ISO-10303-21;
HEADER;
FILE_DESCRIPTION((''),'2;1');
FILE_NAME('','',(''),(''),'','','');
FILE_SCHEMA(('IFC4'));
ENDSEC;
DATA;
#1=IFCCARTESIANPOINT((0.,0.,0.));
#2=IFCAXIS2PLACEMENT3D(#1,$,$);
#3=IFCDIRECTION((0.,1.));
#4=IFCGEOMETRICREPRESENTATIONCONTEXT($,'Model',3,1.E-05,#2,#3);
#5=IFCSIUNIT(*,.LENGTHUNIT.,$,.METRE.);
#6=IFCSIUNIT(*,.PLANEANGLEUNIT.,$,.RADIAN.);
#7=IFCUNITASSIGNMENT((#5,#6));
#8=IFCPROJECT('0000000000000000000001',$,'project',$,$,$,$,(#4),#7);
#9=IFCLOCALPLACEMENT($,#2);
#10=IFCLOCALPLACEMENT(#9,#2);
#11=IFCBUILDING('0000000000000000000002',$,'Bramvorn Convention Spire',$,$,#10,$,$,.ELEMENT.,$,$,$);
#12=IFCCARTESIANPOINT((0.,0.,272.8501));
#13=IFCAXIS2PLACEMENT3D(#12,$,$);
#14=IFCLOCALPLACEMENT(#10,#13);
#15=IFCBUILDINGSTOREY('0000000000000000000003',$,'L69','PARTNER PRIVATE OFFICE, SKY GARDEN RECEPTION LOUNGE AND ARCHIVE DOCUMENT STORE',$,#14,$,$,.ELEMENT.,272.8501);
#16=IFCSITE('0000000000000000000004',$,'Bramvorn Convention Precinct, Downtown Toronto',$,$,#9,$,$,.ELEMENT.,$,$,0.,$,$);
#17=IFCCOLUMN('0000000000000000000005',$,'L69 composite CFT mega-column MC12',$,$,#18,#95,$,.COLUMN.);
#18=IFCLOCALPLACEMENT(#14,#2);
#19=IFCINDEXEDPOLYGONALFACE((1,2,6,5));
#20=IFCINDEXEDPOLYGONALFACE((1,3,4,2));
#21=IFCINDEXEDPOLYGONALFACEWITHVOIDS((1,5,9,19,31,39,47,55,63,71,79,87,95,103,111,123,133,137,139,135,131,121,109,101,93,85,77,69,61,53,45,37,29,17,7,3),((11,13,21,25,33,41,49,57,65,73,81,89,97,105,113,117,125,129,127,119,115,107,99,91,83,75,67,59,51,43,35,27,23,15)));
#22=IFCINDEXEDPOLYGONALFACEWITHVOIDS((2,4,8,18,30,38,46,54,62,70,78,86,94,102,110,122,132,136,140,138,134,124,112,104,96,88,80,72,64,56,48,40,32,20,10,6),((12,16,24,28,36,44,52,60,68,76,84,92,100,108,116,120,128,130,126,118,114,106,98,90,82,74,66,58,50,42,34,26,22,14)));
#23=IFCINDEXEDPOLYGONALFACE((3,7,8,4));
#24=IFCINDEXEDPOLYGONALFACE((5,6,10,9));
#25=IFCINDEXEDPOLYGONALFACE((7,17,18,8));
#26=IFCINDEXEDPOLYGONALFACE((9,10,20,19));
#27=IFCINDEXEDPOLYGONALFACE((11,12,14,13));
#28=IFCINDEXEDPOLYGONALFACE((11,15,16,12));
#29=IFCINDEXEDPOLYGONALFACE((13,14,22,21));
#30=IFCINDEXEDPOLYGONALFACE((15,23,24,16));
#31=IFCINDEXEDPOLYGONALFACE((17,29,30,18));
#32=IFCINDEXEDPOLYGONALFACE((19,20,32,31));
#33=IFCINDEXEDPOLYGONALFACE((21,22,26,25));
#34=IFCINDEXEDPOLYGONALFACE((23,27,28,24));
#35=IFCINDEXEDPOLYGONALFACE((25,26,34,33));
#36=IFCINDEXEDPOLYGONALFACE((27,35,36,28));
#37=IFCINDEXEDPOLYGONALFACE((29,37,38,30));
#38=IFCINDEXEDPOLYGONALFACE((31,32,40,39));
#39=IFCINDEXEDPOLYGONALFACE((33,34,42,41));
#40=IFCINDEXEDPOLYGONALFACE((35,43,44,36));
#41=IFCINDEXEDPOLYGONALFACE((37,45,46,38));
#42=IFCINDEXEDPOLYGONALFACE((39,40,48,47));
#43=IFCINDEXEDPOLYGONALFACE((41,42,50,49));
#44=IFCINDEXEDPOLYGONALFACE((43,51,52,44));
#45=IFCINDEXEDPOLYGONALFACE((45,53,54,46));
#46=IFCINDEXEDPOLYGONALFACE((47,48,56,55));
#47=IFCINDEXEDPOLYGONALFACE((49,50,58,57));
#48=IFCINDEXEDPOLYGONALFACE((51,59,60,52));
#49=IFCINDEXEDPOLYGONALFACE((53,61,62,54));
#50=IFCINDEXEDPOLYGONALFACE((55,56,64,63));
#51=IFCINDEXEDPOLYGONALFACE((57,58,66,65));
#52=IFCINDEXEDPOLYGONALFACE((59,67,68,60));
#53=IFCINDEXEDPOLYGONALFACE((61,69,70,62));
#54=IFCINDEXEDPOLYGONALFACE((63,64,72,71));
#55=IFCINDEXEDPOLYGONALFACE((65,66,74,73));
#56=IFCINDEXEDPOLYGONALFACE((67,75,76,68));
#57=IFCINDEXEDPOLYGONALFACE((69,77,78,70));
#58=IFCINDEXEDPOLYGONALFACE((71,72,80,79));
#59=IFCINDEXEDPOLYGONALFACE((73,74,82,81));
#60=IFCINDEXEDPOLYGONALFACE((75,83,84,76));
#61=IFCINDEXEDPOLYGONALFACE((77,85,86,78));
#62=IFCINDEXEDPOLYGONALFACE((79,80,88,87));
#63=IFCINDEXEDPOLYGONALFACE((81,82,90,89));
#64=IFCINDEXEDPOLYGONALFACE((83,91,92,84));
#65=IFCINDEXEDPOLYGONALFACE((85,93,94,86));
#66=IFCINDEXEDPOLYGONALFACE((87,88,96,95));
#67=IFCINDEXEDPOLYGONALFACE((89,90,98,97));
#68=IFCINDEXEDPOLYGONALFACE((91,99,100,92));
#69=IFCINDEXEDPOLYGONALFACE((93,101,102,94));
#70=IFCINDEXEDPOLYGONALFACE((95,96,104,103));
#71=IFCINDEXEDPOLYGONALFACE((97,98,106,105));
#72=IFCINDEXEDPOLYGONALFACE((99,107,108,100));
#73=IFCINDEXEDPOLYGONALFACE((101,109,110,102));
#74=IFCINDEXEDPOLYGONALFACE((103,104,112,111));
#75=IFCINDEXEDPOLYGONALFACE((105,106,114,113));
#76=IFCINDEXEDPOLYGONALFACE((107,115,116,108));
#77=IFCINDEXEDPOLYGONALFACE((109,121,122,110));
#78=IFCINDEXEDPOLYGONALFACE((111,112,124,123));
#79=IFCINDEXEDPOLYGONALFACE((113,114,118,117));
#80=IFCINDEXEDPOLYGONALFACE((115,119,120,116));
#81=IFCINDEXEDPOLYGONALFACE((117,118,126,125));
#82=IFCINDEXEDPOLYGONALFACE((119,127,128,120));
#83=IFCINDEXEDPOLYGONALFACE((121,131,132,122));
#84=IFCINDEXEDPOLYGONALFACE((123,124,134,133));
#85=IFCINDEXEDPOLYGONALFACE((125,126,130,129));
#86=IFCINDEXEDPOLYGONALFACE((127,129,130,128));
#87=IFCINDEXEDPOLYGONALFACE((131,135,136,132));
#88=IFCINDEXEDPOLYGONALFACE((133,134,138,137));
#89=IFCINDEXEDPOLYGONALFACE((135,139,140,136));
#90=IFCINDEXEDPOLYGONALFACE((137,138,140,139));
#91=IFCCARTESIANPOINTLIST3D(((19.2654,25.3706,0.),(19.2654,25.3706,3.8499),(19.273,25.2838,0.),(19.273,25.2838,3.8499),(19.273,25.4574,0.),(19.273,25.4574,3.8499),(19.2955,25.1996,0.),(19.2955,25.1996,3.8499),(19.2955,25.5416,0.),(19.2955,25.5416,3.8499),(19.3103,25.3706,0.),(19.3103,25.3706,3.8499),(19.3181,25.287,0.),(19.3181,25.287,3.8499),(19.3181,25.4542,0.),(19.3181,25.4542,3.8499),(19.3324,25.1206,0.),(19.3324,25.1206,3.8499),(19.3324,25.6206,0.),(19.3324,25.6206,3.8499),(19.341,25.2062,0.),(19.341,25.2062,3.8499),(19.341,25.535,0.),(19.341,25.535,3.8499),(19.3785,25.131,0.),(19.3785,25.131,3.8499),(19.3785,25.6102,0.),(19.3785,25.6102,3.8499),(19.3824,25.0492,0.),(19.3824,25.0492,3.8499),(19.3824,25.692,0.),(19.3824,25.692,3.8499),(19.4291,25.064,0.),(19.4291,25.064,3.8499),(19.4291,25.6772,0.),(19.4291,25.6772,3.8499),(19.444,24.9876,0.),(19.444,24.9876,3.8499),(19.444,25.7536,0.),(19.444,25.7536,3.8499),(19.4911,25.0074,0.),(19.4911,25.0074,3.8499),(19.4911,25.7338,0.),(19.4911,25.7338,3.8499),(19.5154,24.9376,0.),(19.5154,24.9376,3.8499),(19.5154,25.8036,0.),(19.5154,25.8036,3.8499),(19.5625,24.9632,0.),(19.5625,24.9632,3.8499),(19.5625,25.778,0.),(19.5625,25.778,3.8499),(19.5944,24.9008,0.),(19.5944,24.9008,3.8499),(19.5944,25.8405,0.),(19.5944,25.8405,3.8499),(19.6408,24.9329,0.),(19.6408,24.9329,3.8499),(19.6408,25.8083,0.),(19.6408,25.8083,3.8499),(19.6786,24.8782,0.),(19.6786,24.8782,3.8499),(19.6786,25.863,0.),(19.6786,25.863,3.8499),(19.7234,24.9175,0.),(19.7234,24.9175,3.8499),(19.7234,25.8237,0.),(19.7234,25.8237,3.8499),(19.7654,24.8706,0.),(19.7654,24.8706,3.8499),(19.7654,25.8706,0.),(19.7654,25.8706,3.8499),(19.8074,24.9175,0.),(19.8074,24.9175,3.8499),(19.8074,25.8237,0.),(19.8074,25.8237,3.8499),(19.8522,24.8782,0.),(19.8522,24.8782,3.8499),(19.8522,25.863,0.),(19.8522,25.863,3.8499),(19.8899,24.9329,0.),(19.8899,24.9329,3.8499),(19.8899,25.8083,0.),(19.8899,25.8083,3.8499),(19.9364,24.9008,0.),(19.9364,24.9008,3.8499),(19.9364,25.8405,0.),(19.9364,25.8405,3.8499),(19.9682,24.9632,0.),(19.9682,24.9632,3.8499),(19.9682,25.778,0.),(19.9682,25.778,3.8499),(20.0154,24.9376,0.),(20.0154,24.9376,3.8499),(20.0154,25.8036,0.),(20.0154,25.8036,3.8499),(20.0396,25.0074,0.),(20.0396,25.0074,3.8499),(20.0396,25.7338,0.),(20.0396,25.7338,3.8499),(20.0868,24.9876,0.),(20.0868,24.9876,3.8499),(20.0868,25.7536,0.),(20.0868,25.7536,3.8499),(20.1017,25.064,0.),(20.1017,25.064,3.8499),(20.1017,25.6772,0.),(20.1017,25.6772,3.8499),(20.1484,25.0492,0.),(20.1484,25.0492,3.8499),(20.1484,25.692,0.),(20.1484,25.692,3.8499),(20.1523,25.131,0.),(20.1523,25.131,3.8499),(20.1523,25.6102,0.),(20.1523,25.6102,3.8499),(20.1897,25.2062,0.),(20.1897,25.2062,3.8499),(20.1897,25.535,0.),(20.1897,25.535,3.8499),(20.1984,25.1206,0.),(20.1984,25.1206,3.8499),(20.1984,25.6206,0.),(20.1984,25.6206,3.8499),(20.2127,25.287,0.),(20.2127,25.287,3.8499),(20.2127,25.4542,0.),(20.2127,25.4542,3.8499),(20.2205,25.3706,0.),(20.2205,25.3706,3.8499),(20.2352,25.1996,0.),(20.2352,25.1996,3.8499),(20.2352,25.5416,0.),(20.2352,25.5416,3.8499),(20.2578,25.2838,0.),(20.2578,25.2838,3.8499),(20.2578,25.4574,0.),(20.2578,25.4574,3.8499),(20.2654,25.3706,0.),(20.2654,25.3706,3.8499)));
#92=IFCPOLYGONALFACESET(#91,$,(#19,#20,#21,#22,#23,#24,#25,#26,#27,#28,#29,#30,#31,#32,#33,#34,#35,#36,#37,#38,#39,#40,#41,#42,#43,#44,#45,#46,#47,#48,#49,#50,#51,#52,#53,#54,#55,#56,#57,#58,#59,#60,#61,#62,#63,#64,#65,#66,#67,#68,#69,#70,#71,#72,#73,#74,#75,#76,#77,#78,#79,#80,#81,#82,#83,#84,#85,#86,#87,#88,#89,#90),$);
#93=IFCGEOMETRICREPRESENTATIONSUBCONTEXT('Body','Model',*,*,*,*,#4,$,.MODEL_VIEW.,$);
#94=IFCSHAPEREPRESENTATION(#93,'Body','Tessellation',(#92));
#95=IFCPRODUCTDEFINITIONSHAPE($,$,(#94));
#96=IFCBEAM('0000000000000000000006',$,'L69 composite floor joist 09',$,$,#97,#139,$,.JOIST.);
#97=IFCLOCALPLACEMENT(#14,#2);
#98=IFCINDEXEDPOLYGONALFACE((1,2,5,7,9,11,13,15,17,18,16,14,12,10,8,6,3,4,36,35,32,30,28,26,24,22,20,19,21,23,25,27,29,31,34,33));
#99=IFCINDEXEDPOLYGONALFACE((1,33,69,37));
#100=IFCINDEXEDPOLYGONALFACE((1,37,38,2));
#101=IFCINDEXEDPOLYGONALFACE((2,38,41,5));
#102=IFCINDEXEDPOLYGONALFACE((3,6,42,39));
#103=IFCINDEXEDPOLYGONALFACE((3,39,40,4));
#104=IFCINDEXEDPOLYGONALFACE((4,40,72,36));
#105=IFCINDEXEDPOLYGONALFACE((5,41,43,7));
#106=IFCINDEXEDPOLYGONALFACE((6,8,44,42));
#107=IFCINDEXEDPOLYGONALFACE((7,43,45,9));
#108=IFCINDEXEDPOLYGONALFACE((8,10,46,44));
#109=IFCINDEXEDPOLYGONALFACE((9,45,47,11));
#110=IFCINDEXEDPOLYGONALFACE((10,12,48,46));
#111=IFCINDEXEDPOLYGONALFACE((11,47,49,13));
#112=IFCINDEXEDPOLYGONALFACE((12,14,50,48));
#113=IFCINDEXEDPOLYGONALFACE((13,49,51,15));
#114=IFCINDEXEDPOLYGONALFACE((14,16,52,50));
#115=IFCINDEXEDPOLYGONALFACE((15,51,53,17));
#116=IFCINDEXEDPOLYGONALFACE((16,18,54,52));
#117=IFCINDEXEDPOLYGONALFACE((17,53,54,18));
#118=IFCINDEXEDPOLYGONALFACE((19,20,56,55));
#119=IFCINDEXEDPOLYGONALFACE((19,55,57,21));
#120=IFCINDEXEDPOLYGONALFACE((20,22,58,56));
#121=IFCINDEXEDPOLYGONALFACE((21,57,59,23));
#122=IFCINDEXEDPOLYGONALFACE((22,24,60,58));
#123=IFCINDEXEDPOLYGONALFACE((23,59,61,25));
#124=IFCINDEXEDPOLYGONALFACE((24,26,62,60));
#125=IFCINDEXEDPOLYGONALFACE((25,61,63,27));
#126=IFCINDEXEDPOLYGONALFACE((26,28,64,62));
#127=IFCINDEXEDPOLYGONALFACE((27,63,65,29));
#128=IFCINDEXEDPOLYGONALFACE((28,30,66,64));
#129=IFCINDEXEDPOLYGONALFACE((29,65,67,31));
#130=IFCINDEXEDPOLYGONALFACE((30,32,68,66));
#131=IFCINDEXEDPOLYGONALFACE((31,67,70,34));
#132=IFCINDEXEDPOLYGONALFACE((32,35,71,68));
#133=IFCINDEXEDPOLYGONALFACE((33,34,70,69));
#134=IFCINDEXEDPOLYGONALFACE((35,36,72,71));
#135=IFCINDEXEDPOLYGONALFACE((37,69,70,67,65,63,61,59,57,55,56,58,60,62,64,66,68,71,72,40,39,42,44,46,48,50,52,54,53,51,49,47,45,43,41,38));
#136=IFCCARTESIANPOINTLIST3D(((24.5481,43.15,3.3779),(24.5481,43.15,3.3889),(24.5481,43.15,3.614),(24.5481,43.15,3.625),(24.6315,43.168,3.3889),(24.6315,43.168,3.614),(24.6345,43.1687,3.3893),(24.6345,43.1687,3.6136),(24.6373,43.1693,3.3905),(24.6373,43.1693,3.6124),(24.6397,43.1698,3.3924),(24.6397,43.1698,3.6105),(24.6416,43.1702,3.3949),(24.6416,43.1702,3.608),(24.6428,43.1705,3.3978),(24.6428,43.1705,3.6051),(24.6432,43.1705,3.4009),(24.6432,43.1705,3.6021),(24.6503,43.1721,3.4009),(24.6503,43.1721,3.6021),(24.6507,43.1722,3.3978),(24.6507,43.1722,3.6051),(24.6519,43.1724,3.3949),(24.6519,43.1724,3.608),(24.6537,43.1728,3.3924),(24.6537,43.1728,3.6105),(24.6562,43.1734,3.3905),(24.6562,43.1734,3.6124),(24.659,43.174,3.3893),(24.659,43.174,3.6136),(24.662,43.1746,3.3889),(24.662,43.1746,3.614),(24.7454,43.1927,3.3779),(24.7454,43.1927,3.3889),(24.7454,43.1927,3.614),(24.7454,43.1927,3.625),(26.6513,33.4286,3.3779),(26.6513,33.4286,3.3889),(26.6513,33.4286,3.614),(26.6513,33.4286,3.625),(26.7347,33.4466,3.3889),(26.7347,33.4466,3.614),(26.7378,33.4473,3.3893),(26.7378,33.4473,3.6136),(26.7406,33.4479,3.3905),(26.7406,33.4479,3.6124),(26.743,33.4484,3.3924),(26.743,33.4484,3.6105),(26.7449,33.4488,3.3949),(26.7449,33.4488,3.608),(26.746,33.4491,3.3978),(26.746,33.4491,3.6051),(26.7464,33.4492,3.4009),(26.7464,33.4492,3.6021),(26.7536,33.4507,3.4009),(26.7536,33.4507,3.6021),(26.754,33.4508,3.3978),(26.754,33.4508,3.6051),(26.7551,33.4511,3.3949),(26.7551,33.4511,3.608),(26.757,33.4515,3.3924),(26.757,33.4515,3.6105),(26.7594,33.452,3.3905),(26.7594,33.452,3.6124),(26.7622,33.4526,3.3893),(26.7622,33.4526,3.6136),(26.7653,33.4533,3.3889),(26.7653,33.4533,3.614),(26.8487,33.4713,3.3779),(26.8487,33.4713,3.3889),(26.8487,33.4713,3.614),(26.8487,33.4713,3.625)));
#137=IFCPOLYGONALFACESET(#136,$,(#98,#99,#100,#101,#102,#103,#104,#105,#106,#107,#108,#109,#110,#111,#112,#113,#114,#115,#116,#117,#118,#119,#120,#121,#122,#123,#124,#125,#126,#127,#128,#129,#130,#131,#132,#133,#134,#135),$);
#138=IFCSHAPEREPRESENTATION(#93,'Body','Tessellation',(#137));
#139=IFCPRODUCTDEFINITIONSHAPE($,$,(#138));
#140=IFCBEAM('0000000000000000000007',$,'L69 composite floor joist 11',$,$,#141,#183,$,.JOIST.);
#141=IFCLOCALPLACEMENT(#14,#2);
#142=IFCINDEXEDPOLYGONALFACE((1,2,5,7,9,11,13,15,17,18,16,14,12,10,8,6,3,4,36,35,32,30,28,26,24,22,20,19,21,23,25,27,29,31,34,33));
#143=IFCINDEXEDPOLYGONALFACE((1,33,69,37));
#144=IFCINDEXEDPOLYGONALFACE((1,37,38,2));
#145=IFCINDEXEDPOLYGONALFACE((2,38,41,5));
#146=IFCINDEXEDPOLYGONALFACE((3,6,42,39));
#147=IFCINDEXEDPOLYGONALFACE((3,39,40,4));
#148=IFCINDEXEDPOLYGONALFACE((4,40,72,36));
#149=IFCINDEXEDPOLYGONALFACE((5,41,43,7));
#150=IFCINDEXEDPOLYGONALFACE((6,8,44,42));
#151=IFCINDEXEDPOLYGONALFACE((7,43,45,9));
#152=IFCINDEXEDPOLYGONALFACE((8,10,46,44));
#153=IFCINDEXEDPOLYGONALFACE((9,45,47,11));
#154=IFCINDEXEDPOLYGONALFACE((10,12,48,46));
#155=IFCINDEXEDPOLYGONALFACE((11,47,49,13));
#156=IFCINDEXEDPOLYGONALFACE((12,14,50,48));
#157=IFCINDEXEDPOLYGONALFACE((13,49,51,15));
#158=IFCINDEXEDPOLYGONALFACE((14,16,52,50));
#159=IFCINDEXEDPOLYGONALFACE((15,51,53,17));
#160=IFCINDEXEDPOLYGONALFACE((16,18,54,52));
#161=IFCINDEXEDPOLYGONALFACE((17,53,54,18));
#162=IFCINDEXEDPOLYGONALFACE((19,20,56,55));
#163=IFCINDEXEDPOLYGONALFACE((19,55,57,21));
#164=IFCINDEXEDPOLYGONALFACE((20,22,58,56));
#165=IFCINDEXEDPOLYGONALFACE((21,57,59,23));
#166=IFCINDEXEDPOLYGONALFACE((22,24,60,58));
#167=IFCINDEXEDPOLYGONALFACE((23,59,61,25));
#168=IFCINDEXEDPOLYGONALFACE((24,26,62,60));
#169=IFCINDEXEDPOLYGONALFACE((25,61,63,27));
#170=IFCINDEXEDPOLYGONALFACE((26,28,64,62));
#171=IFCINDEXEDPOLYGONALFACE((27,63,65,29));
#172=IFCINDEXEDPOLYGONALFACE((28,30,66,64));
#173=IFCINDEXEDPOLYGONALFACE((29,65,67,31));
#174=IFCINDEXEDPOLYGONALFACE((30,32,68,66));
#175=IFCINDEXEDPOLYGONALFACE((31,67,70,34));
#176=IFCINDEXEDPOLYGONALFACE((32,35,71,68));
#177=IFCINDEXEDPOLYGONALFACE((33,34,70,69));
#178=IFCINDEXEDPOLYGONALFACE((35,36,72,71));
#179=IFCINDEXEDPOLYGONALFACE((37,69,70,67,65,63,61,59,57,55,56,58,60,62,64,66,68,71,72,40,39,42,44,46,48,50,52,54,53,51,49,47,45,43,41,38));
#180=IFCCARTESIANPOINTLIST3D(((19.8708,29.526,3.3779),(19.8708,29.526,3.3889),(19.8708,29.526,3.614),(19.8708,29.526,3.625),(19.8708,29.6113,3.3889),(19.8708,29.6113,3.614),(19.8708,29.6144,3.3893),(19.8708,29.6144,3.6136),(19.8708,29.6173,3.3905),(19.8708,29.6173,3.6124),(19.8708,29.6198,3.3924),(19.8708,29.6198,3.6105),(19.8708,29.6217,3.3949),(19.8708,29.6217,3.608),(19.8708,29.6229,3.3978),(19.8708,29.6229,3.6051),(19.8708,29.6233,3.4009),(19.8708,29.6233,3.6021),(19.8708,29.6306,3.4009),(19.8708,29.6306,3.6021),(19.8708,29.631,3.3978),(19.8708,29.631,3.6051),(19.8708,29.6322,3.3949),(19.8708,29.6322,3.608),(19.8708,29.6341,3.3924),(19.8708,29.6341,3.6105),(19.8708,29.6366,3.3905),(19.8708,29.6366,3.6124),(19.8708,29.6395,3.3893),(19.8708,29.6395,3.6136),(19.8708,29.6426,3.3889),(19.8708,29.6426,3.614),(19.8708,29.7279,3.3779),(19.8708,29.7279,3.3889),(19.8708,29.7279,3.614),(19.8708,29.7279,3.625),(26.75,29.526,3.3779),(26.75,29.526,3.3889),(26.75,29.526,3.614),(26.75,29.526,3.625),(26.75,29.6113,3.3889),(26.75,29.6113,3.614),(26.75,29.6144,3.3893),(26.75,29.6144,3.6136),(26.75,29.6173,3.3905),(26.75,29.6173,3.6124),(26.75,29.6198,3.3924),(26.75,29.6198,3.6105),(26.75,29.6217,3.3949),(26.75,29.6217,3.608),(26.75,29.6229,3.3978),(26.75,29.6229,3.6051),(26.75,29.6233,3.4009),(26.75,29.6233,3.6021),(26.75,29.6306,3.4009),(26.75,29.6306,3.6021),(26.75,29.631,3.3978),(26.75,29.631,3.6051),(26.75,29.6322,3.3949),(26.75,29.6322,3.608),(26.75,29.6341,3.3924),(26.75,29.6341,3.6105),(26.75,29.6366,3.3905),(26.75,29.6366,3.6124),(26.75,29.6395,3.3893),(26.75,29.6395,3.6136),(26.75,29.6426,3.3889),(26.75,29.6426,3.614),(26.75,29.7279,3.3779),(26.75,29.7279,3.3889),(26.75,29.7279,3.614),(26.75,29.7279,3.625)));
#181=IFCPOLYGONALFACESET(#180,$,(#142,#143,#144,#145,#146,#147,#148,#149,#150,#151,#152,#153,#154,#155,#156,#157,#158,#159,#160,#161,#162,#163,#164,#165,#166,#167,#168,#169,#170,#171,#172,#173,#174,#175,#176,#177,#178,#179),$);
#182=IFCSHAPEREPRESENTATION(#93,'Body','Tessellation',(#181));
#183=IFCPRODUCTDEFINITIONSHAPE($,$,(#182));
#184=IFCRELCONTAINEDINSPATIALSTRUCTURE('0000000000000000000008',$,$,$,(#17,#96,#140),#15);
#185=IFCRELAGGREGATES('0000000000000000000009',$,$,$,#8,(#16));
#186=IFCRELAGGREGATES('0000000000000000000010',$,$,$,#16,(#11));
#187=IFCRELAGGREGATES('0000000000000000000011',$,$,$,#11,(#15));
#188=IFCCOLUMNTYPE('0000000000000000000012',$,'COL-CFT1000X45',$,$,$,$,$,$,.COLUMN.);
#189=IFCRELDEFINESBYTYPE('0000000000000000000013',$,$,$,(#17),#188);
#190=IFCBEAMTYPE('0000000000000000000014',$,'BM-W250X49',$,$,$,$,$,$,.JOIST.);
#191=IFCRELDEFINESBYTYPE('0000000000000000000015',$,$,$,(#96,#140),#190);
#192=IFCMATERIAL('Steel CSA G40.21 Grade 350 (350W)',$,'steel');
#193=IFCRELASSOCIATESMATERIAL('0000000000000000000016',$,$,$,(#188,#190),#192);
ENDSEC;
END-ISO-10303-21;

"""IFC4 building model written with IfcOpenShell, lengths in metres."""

from ifc_helpers import new_model, si_unit, direction, frame, origin, origin_2d, place, context, subcontext, project, spatial, hollow_circle, i_section, extrude, material, material_profile, profile_set, type_object, element, save


model = new_model("IFC4")

# Units and contexts
model_context = context("Model", 3, precision=1e-05, world=origin(), true_north=direction((0.0, 1.0)))
body_context = subcontext(model_context, "Body", "Model", "MODEL_VIEW")
ifc_project = project(units=[si_unit("LENGTHUNIT", "METRE"), si_unit("PLANEANGLEUNIT", "RADIAN")], contexts=[model_context])

# Site, building, storey
site_placement = place(None, origin())
site = spatial("IfcSite", under=ifc_project, at=site_placement, Name="Bramvorn Convention Precinct, Downtown Toronto", CompositionType="ELEMENT", RefElevation=0.0)
building_placement = place(site_placement, origin())
building = spatial("IfcBuilding", under=site, at=building_placement, Name="Bramvorn Convention Spire", CompositionType="ELEMENT")
storey_placement = place(building_placement, frame((0.0, 0.0, 272.8501)))
storey = spatial("IfcBuildingStorey", under=building, at=storey_placement, Name="L69", Description="PARTNER PRIVATE OFFICE, SKY GARDEN RECEPTION LOUNGE AND ARCHIVE DOCUMENT STORE", CompositionType="ELEMENT", Elevation=272.8501)

# Column
ifc_material_1 = material(Name="Steel CSA G40.21 Grade 350 (350W)", Category="steel")
ifc_material_profile_1 = material_profile(ifc_material_1, hollow_circle(Radius=0.5, WallThickness=0.0449, at=origin_2d()))
ifc_profile_set_1 = profile_set([ifc_material_profile_1], Name="Steel CSA G40.21 Grade 350 (350W) - CFT1000X45")
column_type = type_object("IfcColumnType", Name="COL-CFT1000X45", PredefinedType="COLUMN", material=ifc_profile_set_1)
column_placement = place(storey_placement, frame((19.7654, 25.3706, 0.0), z_axis=(0.0, 0.0, 1.0), x_axis=(1.0, 0.0, 0.0)))
element("IfcColumn", 1, at=column_placement, inside=storey, type_object=column_type, Name="L69 composite CFT mega-column MC12", PredefinedType="COLUMN", context=body_context, shape_type="SweptSolid", body=[
    extrude(hollow_circle(Radius=0.5, WallThickness=0.0449, at=origin_2d()), origin(), (0.0, 0.0, 1.0), 3.8499),
])

# Beams
ifc_material_profile_2 = material_profile(ifc_material_1, i_section(OverallWidth=0.2019, OverallDepth=0.2471, WebThickness=0.0073, FlangeThickness=0.011, FilletRadius=0.012, at=origin_2d()))
ifc_profile_set_2 = profile_set([ifc_material_profile_2], Name="Steel CSA G40.21 Grade 350 (350W) - W250X49")
beam_type_1 = type_object("IfcBeamType", Name="BM-W250X49", PredefinedType="JOIST", material=ifc_profile_set_2)
beam_1_placement = place(storey_placement, frame((26.75, 33.45, 3.5015), z_axis=(-0.211461, 0.977386, 0.0), x_axis=(-0.977386, -0.211461, 0.0)))
element("IfcBeam", 2, at=beam_1_placement, inside=storey, type_object=beam_type_1, Name="L69 composite floor joist 09", PredefinedType="JOIST", context=body_context, shape_type="SweptSolid", body=[
    extrude(i_section(OverallWidth=0.2019, OverallDepth=0.2471, WebThickness=0.0073, FlangeThickness=0.011, FilletRadius=0.012, at=origin_2d()), origin(), (0.0, 0.0, 1.0), 9.9463),
])
beam_2_placement = place(storey_placement, frame((26.75, 29.627, 3.5015), z_axis=(-1.0, 0.0, 0.0), x_axis=(0.0, -1.0, 0.0)))
element("IfcBeam", 3, at=beam_2_placement, inside=storey, type_object=beam_type_1, Name="L69 composite floor joist 11", PredefinedType="JOIST", context=body_context, shape_type="SweptSolid", body=[
    extrude(i_section(OverallWidth=0.2019, OverallDepth=0.2471, WebThickness=0.0073, FlangeThickness=0.011, FilletRadius=0.012, at=origin_2d()), origin(), (0.0, 0.0, 1.0), 6.8792),
])

save(model, "model.ifc")
